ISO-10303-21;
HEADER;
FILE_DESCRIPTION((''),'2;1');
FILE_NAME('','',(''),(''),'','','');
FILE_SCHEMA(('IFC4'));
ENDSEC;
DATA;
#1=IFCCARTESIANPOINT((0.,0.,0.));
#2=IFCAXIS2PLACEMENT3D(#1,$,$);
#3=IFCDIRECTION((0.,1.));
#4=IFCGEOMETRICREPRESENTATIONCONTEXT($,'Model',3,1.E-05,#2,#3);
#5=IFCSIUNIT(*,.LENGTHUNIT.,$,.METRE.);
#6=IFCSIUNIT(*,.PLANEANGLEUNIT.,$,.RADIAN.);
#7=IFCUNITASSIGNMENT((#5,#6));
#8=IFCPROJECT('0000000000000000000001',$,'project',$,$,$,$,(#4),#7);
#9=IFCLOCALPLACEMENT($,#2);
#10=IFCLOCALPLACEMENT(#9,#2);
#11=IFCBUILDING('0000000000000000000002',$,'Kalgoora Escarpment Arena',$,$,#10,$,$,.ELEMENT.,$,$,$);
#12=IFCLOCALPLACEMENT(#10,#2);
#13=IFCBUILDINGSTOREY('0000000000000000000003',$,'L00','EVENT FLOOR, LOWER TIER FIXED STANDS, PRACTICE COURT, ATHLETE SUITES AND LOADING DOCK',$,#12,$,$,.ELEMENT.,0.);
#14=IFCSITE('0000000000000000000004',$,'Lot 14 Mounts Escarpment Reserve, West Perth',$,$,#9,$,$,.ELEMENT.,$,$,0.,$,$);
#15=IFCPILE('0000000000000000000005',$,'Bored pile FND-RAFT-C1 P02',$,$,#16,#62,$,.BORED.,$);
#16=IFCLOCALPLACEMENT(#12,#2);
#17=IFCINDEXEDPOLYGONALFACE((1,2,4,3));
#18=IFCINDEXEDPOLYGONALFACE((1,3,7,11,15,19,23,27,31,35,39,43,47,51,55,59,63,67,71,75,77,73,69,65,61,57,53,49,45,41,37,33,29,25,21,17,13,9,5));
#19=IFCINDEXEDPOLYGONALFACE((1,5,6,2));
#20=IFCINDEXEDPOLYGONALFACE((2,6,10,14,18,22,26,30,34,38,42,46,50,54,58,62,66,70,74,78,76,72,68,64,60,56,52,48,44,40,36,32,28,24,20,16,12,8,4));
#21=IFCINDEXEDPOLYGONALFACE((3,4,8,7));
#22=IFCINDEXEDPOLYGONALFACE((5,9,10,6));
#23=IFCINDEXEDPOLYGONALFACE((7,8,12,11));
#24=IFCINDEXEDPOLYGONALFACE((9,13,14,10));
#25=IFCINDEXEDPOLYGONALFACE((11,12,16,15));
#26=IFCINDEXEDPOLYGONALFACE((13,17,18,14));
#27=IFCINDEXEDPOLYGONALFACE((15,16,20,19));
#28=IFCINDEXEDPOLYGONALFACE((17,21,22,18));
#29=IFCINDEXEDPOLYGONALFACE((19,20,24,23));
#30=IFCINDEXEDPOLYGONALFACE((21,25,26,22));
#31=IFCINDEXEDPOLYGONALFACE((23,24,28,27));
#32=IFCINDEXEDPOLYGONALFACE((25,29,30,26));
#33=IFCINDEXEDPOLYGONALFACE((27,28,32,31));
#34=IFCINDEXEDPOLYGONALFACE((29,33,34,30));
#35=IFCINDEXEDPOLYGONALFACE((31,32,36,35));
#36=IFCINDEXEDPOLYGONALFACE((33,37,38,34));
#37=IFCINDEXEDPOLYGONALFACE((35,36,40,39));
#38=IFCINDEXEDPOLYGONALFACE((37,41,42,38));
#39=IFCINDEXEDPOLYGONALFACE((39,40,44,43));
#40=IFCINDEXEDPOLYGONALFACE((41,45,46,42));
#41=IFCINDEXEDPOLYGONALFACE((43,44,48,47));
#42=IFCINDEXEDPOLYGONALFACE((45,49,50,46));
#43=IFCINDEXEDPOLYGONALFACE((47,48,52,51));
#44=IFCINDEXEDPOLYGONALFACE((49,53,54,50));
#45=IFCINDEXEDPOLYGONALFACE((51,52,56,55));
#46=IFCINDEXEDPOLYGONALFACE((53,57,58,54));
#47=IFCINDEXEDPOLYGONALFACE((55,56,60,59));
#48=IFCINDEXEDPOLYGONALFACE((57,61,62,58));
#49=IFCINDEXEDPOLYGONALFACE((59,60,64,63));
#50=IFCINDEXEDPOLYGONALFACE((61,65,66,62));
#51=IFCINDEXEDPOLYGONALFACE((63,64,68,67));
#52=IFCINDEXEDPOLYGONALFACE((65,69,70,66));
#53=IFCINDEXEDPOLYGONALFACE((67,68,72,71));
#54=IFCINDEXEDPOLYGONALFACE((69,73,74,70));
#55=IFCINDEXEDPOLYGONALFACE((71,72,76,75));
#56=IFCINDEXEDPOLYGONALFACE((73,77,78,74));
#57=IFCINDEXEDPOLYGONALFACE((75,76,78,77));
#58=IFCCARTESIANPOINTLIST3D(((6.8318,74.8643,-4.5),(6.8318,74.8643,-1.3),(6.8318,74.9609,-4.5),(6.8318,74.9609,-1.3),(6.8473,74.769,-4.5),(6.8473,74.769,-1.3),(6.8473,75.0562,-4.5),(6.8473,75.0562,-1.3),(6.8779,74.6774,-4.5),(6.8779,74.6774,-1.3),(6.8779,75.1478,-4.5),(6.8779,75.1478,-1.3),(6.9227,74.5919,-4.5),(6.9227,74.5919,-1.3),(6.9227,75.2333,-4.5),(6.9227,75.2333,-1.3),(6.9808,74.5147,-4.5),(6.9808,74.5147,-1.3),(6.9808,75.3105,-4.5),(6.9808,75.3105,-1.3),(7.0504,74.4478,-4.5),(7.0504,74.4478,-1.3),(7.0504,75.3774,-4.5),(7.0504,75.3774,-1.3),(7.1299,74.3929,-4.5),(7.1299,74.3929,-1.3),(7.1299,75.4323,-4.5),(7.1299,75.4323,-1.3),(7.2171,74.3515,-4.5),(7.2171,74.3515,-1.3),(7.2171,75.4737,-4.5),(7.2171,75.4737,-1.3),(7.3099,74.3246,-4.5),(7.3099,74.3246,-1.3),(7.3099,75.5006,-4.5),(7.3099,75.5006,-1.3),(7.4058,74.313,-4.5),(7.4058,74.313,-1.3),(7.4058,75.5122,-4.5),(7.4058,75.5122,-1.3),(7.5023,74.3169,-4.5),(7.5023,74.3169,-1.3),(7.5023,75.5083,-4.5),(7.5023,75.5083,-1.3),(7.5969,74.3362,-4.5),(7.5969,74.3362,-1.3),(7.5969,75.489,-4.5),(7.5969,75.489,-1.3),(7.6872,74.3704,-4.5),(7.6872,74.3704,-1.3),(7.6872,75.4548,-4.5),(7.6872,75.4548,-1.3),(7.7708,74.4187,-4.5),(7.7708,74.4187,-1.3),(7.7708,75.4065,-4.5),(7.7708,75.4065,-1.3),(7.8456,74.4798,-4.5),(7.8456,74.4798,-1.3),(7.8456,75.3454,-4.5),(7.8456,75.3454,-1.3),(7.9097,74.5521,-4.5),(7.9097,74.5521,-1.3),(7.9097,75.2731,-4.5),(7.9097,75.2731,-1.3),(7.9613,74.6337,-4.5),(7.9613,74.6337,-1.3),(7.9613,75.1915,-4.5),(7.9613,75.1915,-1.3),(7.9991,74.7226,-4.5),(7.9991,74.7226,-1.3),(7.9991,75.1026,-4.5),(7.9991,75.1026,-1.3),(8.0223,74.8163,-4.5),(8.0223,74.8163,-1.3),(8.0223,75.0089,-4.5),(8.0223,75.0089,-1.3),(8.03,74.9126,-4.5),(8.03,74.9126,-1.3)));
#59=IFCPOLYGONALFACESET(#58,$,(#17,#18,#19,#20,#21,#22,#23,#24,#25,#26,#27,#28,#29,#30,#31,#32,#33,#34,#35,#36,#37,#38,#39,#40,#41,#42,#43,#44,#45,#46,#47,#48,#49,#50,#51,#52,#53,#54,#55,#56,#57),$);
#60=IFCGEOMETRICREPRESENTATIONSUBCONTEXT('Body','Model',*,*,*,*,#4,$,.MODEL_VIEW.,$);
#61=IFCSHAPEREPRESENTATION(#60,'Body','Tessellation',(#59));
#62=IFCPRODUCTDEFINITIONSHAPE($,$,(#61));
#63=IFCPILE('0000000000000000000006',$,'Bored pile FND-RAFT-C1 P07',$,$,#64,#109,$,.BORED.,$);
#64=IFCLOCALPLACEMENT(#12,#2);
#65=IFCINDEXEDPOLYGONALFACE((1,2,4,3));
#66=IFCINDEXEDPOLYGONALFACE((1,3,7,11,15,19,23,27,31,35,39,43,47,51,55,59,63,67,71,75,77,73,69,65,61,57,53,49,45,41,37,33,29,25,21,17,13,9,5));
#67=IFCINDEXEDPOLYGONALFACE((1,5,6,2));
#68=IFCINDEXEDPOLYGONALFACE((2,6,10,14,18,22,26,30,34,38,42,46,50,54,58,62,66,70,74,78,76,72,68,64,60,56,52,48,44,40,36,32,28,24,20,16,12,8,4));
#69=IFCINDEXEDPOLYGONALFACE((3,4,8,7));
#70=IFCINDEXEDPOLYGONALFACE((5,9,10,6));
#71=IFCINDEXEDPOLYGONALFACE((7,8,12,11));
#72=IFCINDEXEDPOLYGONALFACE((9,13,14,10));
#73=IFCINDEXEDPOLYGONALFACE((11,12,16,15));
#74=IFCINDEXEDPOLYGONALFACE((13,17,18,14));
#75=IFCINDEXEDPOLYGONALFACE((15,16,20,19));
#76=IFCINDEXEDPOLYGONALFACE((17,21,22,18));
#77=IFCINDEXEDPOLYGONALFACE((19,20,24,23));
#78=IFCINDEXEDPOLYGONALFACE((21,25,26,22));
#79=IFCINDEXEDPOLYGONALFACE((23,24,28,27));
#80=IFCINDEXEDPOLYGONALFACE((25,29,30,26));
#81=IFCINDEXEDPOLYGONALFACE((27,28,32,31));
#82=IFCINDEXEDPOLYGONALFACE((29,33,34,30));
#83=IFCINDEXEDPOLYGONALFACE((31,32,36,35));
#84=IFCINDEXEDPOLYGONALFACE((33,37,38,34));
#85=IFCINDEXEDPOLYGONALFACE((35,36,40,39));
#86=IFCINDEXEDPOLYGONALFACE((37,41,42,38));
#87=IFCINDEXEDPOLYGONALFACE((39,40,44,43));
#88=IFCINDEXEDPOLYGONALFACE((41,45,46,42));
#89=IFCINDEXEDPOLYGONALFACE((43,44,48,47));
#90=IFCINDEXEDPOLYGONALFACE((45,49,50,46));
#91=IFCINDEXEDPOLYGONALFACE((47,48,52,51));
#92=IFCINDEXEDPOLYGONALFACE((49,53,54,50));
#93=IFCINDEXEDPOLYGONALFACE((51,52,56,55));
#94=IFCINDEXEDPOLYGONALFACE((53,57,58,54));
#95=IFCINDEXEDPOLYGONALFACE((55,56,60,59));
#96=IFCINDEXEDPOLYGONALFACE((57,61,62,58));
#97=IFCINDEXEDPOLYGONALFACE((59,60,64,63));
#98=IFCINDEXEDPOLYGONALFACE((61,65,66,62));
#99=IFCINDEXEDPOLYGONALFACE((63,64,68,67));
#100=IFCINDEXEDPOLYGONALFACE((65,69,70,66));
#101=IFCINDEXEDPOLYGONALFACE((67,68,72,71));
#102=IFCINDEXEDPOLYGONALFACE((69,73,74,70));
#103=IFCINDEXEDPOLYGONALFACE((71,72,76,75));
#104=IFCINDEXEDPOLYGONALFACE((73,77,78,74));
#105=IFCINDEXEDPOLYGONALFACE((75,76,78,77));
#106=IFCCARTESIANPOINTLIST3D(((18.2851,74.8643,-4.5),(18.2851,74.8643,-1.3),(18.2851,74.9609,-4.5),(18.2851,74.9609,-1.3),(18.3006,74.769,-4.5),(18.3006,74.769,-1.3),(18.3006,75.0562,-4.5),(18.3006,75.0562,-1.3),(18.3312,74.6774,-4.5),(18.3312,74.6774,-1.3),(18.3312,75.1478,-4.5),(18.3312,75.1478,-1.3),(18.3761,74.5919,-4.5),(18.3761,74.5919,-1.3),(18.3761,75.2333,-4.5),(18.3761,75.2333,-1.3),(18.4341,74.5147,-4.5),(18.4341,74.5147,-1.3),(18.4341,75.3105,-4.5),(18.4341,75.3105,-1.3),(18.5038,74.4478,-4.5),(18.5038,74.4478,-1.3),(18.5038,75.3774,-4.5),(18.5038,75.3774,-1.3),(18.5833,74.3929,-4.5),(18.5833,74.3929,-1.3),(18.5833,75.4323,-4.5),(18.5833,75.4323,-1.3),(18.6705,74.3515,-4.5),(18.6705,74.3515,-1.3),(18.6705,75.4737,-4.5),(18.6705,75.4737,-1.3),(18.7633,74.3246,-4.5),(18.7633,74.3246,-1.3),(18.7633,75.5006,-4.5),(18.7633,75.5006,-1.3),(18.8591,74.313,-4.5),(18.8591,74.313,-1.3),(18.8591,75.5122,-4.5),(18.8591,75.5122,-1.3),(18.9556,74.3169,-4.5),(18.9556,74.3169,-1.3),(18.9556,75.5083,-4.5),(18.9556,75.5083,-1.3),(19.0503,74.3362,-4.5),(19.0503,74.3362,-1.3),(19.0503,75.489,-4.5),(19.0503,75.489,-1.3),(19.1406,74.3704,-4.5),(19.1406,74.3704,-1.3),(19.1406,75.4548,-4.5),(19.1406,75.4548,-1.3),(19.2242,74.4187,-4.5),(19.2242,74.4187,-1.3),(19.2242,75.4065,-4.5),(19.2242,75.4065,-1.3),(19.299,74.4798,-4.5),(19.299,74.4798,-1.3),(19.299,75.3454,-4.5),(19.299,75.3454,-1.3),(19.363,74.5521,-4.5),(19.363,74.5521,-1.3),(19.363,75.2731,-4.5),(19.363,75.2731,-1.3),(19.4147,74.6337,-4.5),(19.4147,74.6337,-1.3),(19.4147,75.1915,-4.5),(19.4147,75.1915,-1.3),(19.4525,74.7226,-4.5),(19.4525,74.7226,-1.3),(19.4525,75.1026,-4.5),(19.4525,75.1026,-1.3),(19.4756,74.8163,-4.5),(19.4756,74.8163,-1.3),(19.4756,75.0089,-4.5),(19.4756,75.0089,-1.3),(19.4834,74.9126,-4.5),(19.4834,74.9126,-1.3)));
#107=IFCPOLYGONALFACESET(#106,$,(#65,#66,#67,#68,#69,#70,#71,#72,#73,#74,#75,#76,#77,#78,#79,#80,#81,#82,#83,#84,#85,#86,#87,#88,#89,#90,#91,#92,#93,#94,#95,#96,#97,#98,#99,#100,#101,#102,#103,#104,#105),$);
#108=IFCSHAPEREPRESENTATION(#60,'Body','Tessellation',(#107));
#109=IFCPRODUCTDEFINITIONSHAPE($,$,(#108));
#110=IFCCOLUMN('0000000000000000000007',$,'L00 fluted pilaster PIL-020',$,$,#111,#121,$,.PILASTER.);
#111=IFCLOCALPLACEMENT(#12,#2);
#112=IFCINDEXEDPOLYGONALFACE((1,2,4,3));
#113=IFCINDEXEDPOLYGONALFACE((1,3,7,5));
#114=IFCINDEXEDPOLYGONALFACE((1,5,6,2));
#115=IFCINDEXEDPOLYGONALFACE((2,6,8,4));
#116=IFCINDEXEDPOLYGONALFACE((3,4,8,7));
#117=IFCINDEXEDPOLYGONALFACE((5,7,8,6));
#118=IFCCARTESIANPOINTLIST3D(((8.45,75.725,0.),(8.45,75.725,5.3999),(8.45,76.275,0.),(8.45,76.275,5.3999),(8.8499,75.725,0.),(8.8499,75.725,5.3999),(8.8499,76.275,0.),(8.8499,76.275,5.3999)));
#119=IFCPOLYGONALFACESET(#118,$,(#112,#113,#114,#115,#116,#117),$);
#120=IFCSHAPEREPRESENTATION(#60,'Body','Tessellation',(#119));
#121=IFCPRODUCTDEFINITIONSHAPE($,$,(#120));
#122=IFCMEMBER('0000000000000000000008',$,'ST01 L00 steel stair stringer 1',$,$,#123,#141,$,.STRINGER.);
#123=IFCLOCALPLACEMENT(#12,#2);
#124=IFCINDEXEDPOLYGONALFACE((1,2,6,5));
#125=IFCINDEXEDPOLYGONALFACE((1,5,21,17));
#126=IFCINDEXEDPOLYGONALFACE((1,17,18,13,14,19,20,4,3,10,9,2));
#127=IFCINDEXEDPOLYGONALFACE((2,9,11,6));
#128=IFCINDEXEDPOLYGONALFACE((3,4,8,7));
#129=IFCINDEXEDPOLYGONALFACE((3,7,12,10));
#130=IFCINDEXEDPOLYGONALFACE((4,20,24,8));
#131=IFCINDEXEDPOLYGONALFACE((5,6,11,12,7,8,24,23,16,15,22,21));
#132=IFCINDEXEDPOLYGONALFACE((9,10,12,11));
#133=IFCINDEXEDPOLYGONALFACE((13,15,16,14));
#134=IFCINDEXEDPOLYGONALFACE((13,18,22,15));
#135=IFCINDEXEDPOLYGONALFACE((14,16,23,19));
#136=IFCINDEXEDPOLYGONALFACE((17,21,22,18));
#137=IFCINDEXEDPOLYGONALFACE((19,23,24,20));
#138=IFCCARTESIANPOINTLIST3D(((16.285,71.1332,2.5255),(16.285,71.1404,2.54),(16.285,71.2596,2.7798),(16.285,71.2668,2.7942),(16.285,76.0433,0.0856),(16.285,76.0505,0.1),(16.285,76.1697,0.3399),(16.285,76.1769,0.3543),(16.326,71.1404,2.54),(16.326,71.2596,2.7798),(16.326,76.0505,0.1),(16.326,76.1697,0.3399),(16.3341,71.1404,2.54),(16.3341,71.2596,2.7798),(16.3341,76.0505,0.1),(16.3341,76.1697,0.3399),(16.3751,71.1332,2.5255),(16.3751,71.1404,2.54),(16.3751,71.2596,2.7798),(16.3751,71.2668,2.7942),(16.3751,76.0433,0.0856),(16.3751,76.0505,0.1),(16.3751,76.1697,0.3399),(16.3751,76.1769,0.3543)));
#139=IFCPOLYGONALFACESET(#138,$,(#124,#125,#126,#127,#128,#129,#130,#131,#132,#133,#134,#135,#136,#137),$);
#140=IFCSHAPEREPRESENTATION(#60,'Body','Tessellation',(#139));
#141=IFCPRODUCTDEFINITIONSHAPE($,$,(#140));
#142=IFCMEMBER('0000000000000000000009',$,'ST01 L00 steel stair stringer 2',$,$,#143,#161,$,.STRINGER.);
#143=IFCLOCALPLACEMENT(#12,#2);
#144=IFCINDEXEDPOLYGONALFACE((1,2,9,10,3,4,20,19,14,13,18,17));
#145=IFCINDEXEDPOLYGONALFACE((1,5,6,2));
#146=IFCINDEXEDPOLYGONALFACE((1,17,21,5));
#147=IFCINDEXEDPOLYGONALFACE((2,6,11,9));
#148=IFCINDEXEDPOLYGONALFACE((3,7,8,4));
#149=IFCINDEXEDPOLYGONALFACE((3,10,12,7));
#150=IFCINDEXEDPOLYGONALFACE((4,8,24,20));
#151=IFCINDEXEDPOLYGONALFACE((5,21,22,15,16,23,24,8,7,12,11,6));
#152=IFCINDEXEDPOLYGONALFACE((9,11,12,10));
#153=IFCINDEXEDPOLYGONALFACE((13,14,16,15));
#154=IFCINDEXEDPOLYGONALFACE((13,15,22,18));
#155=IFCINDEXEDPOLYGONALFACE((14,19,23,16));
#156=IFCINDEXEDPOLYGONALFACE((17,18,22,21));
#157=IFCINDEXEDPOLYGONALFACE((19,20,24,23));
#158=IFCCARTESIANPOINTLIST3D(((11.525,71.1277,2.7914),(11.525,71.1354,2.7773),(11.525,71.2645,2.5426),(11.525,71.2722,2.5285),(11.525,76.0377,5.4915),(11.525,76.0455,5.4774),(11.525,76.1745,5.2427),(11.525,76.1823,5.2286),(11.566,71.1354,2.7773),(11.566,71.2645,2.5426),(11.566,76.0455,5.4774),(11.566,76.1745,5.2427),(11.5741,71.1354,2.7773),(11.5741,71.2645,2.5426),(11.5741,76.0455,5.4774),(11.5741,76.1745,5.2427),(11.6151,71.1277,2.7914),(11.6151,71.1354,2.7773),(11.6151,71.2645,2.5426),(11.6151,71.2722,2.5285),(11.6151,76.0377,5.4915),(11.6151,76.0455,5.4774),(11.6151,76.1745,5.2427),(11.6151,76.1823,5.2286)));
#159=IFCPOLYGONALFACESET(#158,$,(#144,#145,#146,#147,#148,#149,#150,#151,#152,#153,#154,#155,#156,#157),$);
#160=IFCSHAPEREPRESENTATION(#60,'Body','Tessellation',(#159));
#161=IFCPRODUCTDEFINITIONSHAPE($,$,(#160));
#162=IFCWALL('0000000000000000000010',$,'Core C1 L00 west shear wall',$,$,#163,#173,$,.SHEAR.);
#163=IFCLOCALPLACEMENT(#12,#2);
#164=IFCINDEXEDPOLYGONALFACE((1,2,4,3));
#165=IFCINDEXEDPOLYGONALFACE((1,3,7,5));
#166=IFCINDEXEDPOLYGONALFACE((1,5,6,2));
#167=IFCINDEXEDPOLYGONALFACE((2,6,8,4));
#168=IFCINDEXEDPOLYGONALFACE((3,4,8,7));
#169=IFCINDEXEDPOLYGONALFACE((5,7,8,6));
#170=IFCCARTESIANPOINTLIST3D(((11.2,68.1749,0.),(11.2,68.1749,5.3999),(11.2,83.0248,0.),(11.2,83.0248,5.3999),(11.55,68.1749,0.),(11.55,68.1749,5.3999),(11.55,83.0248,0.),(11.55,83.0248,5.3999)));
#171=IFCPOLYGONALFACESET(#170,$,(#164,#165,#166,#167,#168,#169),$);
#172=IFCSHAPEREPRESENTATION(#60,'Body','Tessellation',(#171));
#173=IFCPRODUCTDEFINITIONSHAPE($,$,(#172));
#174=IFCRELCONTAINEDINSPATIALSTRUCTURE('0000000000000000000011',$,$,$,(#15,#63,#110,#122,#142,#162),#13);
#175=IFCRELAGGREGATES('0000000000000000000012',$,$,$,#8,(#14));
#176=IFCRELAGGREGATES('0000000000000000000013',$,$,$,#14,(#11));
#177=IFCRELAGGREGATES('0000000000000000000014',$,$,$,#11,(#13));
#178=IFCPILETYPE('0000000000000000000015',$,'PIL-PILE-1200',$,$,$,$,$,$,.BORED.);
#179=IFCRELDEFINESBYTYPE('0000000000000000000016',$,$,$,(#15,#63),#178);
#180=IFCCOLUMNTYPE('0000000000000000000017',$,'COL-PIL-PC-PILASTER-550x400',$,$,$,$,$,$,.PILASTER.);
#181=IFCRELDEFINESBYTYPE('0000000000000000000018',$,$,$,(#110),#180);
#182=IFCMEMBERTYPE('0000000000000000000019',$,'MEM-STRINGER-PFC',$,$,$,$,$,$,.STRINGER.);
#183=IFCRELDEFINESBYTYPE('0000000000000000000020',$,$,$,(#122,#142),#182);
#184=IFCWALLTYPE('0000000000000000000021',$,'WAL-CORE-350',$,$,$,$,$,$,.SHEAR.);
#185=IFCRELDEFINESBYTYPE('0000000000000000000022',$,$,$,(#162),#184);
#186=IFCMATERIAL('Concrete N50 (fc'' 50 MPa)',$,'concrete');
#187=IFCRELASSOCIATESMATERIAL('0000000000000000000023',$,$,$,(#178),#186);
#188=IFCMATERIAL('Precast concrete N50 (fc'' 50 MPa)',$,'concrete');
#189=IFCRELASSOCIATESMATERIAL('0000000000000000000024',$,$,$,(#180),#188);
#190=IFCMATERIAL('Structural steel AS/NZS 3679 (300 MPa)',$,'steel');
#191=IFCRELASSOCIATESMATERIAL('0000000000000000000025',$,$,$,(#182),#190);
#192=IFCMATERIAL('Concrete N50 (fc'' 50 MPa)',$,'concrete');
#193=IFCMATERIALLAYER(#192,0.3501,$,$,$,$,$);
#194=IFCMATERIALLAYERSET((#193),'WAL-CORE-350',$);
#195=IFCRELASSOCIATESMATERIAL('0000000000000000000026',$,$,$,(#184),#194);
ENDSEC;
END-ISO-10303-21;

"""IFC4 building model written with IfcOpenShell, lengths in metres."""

from ifc_helpers import new_model, si_unit, direction, frame, frame_2d, origin, origin_2d, place, context, subcontext, project, spatial, rectangle, circle, i_section, extrude, material, layer, layer_set, material_profile, profile_set, type_object, element, save


model = new_model("IFC4")

# Units and contexts
model_context = context("Model", 3, precision=1e-05, world=origin(), true_north=direction((0.0, 1.0)))
body_context = subcontext(model_context, "Body", "Model", "MODEL_VIEW")
ifc_project = project(units=[si_unit("LENGTHUNIT", "METRE"), si_unit("PLANEANGLEUNIT", "RADIAN")], contexts=[model_context])

# Site, building, storey
site_placement = place(None, origin())
site = spatial("IfcSite", under=ifc_project, at=site_placement, Name="Lot 14 Mounts Escarpment Reserve, West Perth", CompositionType="ELEMENT", RefElevation=0.0)
building_placement = place(site_placement, origin())
building = spatial("IfcBuilding", under=site, at=building_placement, Name="Kalgoora Escarpment Arena", CompositionType="ELEMENT")
storey_placement = place(building_placement, origin())
storey = spatial("IfcBuildingStorey", under=building, at=storey_placement, Name="L00", Description="EVENT FLOOR, LOWER TIER FIXED STANDS, PRACTICE COURT, ATHLETE SUITES AND LOADING DOCK", CompositionType="ELEMENT", Elevation=0.0)

# Piles
ifc_material_1 = material(Name="Concrete N50 (fc' 50 MPa)", Category="concrete")
ifc_material_profile_1 = material_profile(ifc_material_1, circle(Radius=0.6001, at=origin_2d()))
ifc_profile_set_1 = profile_set([ifc_material_profile_1], Name="Concrete N50 (fc' 50 MPa)")
pile_type = type_object("IfcPileType", Name="PIL-PILE-1200", PredefinedType="BORED", material=ifc_profile_set_1)
for number, where, z_axis, x_axis, name in (
    (1, (7.4299, 74.9126, -1.3), (0.0, 0.0, -1.0), (1.0, 0.0, 0.0), "Bored pile FND-RAFT-C1 P02"),
    (2, (18.8833, 74.9126, -1.3), (0.0, 0.0, -1.0), (1.0, 0.0, 0.0), "Bored pile FND-RAFT-C1 P07"),
):
    element("IfcPile", number, at=place(storey_placement, frame(where, z_axis=z_axis, x_axis=x_axis)), inside=storey, type_object=pile_type, Name=name, PredefinedType="BORED", context=body_context, shape_type="SweptSolid", body=[
        extrude(circle(Radius=0.6001, at=origin_2d()), origin(), (0.0, 0.0, 1.0), 3.2),
    ])

# Column
ifc_material_2 = material(Name="Precast concrete N50 (fc' 50 MPa)", Category="concrete")
ifc_material_profile_2 = material_profile(ifc_material_2, rectangle(XDim=0.3999, YDim=0.55, at=origin_2d()))
ifc_profile_set_2 = profile_set([ifc_material_profile_2], Name="Precast concrete N50 (fc' 50 MPa)")
column_type = type_object("IfcColumnType", Name="COL-PIL-PC-PILASTER-550x400", PredefinedType="PILASTER", material=ifc_profile_set_2)
column_placement = place(storey_placement, frame((8.6499, 76.0, 0.0), z_axis=(0.0, 0.0, 1.0), x_axis=(1.0, 0.0, 0.0)))
element("IfcColumn", 3, at=column_placement, inside=storey, type_object=column_type, Name="L00 fluted pilaster PIL-020", PredefinedType="PILASTER", context=body_context, shape_type="SweptSolid", body=[
    extrude(rectangle(XDim=0.3999, YDim=0.55, at=origin_2d()), origin(), (0.0, 0.0, 1.0), 5.3999),
])

# Members
ifc_material_3 = material(Name="Structural steel AS/NZS 3679 (300 MPa)", Category="steel")
ifc_material_profile_3 = material_profile(ifc_material_3, i_section(OverallWidth=0.0901, OverallDepth=0.3, WebThickness=0.0081, FlangeThickness=0.0161, at=origin_2d()))
ifc_profile_set_3 = profile_set([ifc_material_profile_3], Name="Structural steel AS/NZS 3679 (300 MPa)")
member_type = type_object("IfcMemberType", Name="MEM-STRINGER-PFC", PredefinedType="STRINGER", material=ifc_profile_set_3)
member_1_placement = place(storey_placement, frame((16.3301, 76.1101, 0.22), z_axis=(0.0, -0.895529, 0.445004), x_axis=(1.0, 0.0, 0.0)))
element("IfcMember", 4, at=member_1_placement, inside=storey, type_object=member_type, Name="ST01 L00 steel stair stringer 1", PredefinedType="STRINGER", context=body_context, shape_type="SweptSolid", body=[
    extrude(i_section(OverallWidth=0.0901, OverallDepth=0.3, WebThickness=0.0081, FlangeThickness=0.0161, at=origin_2d()), origin(), (0.0, 0.0, 1.0), 5.4829),
])
member_2_placement = place(storey_placement, frame((11.5701, 71.2, 2.6599), z_axis=(0.0, 0.876245, 0.481865), x_axis=(-1.0, 0.0, 0.0)))
element("IfcMember", 5, at=member_2_placement, inside=storey, type_object=member_type, Name="ST01 L00 steel stair stringer 2", PredefinedType="STRINGER", context=body_context, shape_type="SweptSolid", body=[
    extrude(i_section(OverallWidth=0.0901, OverallDepth=0.3, WebThickness=0.0081, FlangeThickness=0.0161, at=origin_2d()), origin(), (0.0, 0.0, 1.0), 5.6035),
])

# Wall
ifc_material_4 = material(Name="Concrete N50 (fc' 50 MPa)", Category="concrete")
ifc_layer_1 = layer(ifc_material_4, 0.3501)
ifc_layer_set_1 = layer_set([ifc_layer_1], Name="WAL-CORE-350")
wall_type_1 = type_object("IfcWallType", Name="WAL-CORE-350", PredefinedType="SHEAR", material=ifc_layer_set_1)
wall_1_placement = place(storey_placement, frame((11.375, 68.175, 0.0), z_axis=(0.0, 0.0, 1.0), x_axis=(0.0, 1.0, 0.0)))
element("IfcWall", 6, at=wall_1_placement, inside=storey, type_object=wall_type_1, Name="Core C1 L00 west shear wall", PredefinedType="SHEAR", context=body_context, shape_type="SweptSolid", body=[
    extrude(rectangle(XDim=14.8499, YDim=0.3501, at=frame_2d((7.4248, 0.0))), origin(), (0.0, 0.0, 1.0), 5.3999),
])

save(model, "model.ifc")
